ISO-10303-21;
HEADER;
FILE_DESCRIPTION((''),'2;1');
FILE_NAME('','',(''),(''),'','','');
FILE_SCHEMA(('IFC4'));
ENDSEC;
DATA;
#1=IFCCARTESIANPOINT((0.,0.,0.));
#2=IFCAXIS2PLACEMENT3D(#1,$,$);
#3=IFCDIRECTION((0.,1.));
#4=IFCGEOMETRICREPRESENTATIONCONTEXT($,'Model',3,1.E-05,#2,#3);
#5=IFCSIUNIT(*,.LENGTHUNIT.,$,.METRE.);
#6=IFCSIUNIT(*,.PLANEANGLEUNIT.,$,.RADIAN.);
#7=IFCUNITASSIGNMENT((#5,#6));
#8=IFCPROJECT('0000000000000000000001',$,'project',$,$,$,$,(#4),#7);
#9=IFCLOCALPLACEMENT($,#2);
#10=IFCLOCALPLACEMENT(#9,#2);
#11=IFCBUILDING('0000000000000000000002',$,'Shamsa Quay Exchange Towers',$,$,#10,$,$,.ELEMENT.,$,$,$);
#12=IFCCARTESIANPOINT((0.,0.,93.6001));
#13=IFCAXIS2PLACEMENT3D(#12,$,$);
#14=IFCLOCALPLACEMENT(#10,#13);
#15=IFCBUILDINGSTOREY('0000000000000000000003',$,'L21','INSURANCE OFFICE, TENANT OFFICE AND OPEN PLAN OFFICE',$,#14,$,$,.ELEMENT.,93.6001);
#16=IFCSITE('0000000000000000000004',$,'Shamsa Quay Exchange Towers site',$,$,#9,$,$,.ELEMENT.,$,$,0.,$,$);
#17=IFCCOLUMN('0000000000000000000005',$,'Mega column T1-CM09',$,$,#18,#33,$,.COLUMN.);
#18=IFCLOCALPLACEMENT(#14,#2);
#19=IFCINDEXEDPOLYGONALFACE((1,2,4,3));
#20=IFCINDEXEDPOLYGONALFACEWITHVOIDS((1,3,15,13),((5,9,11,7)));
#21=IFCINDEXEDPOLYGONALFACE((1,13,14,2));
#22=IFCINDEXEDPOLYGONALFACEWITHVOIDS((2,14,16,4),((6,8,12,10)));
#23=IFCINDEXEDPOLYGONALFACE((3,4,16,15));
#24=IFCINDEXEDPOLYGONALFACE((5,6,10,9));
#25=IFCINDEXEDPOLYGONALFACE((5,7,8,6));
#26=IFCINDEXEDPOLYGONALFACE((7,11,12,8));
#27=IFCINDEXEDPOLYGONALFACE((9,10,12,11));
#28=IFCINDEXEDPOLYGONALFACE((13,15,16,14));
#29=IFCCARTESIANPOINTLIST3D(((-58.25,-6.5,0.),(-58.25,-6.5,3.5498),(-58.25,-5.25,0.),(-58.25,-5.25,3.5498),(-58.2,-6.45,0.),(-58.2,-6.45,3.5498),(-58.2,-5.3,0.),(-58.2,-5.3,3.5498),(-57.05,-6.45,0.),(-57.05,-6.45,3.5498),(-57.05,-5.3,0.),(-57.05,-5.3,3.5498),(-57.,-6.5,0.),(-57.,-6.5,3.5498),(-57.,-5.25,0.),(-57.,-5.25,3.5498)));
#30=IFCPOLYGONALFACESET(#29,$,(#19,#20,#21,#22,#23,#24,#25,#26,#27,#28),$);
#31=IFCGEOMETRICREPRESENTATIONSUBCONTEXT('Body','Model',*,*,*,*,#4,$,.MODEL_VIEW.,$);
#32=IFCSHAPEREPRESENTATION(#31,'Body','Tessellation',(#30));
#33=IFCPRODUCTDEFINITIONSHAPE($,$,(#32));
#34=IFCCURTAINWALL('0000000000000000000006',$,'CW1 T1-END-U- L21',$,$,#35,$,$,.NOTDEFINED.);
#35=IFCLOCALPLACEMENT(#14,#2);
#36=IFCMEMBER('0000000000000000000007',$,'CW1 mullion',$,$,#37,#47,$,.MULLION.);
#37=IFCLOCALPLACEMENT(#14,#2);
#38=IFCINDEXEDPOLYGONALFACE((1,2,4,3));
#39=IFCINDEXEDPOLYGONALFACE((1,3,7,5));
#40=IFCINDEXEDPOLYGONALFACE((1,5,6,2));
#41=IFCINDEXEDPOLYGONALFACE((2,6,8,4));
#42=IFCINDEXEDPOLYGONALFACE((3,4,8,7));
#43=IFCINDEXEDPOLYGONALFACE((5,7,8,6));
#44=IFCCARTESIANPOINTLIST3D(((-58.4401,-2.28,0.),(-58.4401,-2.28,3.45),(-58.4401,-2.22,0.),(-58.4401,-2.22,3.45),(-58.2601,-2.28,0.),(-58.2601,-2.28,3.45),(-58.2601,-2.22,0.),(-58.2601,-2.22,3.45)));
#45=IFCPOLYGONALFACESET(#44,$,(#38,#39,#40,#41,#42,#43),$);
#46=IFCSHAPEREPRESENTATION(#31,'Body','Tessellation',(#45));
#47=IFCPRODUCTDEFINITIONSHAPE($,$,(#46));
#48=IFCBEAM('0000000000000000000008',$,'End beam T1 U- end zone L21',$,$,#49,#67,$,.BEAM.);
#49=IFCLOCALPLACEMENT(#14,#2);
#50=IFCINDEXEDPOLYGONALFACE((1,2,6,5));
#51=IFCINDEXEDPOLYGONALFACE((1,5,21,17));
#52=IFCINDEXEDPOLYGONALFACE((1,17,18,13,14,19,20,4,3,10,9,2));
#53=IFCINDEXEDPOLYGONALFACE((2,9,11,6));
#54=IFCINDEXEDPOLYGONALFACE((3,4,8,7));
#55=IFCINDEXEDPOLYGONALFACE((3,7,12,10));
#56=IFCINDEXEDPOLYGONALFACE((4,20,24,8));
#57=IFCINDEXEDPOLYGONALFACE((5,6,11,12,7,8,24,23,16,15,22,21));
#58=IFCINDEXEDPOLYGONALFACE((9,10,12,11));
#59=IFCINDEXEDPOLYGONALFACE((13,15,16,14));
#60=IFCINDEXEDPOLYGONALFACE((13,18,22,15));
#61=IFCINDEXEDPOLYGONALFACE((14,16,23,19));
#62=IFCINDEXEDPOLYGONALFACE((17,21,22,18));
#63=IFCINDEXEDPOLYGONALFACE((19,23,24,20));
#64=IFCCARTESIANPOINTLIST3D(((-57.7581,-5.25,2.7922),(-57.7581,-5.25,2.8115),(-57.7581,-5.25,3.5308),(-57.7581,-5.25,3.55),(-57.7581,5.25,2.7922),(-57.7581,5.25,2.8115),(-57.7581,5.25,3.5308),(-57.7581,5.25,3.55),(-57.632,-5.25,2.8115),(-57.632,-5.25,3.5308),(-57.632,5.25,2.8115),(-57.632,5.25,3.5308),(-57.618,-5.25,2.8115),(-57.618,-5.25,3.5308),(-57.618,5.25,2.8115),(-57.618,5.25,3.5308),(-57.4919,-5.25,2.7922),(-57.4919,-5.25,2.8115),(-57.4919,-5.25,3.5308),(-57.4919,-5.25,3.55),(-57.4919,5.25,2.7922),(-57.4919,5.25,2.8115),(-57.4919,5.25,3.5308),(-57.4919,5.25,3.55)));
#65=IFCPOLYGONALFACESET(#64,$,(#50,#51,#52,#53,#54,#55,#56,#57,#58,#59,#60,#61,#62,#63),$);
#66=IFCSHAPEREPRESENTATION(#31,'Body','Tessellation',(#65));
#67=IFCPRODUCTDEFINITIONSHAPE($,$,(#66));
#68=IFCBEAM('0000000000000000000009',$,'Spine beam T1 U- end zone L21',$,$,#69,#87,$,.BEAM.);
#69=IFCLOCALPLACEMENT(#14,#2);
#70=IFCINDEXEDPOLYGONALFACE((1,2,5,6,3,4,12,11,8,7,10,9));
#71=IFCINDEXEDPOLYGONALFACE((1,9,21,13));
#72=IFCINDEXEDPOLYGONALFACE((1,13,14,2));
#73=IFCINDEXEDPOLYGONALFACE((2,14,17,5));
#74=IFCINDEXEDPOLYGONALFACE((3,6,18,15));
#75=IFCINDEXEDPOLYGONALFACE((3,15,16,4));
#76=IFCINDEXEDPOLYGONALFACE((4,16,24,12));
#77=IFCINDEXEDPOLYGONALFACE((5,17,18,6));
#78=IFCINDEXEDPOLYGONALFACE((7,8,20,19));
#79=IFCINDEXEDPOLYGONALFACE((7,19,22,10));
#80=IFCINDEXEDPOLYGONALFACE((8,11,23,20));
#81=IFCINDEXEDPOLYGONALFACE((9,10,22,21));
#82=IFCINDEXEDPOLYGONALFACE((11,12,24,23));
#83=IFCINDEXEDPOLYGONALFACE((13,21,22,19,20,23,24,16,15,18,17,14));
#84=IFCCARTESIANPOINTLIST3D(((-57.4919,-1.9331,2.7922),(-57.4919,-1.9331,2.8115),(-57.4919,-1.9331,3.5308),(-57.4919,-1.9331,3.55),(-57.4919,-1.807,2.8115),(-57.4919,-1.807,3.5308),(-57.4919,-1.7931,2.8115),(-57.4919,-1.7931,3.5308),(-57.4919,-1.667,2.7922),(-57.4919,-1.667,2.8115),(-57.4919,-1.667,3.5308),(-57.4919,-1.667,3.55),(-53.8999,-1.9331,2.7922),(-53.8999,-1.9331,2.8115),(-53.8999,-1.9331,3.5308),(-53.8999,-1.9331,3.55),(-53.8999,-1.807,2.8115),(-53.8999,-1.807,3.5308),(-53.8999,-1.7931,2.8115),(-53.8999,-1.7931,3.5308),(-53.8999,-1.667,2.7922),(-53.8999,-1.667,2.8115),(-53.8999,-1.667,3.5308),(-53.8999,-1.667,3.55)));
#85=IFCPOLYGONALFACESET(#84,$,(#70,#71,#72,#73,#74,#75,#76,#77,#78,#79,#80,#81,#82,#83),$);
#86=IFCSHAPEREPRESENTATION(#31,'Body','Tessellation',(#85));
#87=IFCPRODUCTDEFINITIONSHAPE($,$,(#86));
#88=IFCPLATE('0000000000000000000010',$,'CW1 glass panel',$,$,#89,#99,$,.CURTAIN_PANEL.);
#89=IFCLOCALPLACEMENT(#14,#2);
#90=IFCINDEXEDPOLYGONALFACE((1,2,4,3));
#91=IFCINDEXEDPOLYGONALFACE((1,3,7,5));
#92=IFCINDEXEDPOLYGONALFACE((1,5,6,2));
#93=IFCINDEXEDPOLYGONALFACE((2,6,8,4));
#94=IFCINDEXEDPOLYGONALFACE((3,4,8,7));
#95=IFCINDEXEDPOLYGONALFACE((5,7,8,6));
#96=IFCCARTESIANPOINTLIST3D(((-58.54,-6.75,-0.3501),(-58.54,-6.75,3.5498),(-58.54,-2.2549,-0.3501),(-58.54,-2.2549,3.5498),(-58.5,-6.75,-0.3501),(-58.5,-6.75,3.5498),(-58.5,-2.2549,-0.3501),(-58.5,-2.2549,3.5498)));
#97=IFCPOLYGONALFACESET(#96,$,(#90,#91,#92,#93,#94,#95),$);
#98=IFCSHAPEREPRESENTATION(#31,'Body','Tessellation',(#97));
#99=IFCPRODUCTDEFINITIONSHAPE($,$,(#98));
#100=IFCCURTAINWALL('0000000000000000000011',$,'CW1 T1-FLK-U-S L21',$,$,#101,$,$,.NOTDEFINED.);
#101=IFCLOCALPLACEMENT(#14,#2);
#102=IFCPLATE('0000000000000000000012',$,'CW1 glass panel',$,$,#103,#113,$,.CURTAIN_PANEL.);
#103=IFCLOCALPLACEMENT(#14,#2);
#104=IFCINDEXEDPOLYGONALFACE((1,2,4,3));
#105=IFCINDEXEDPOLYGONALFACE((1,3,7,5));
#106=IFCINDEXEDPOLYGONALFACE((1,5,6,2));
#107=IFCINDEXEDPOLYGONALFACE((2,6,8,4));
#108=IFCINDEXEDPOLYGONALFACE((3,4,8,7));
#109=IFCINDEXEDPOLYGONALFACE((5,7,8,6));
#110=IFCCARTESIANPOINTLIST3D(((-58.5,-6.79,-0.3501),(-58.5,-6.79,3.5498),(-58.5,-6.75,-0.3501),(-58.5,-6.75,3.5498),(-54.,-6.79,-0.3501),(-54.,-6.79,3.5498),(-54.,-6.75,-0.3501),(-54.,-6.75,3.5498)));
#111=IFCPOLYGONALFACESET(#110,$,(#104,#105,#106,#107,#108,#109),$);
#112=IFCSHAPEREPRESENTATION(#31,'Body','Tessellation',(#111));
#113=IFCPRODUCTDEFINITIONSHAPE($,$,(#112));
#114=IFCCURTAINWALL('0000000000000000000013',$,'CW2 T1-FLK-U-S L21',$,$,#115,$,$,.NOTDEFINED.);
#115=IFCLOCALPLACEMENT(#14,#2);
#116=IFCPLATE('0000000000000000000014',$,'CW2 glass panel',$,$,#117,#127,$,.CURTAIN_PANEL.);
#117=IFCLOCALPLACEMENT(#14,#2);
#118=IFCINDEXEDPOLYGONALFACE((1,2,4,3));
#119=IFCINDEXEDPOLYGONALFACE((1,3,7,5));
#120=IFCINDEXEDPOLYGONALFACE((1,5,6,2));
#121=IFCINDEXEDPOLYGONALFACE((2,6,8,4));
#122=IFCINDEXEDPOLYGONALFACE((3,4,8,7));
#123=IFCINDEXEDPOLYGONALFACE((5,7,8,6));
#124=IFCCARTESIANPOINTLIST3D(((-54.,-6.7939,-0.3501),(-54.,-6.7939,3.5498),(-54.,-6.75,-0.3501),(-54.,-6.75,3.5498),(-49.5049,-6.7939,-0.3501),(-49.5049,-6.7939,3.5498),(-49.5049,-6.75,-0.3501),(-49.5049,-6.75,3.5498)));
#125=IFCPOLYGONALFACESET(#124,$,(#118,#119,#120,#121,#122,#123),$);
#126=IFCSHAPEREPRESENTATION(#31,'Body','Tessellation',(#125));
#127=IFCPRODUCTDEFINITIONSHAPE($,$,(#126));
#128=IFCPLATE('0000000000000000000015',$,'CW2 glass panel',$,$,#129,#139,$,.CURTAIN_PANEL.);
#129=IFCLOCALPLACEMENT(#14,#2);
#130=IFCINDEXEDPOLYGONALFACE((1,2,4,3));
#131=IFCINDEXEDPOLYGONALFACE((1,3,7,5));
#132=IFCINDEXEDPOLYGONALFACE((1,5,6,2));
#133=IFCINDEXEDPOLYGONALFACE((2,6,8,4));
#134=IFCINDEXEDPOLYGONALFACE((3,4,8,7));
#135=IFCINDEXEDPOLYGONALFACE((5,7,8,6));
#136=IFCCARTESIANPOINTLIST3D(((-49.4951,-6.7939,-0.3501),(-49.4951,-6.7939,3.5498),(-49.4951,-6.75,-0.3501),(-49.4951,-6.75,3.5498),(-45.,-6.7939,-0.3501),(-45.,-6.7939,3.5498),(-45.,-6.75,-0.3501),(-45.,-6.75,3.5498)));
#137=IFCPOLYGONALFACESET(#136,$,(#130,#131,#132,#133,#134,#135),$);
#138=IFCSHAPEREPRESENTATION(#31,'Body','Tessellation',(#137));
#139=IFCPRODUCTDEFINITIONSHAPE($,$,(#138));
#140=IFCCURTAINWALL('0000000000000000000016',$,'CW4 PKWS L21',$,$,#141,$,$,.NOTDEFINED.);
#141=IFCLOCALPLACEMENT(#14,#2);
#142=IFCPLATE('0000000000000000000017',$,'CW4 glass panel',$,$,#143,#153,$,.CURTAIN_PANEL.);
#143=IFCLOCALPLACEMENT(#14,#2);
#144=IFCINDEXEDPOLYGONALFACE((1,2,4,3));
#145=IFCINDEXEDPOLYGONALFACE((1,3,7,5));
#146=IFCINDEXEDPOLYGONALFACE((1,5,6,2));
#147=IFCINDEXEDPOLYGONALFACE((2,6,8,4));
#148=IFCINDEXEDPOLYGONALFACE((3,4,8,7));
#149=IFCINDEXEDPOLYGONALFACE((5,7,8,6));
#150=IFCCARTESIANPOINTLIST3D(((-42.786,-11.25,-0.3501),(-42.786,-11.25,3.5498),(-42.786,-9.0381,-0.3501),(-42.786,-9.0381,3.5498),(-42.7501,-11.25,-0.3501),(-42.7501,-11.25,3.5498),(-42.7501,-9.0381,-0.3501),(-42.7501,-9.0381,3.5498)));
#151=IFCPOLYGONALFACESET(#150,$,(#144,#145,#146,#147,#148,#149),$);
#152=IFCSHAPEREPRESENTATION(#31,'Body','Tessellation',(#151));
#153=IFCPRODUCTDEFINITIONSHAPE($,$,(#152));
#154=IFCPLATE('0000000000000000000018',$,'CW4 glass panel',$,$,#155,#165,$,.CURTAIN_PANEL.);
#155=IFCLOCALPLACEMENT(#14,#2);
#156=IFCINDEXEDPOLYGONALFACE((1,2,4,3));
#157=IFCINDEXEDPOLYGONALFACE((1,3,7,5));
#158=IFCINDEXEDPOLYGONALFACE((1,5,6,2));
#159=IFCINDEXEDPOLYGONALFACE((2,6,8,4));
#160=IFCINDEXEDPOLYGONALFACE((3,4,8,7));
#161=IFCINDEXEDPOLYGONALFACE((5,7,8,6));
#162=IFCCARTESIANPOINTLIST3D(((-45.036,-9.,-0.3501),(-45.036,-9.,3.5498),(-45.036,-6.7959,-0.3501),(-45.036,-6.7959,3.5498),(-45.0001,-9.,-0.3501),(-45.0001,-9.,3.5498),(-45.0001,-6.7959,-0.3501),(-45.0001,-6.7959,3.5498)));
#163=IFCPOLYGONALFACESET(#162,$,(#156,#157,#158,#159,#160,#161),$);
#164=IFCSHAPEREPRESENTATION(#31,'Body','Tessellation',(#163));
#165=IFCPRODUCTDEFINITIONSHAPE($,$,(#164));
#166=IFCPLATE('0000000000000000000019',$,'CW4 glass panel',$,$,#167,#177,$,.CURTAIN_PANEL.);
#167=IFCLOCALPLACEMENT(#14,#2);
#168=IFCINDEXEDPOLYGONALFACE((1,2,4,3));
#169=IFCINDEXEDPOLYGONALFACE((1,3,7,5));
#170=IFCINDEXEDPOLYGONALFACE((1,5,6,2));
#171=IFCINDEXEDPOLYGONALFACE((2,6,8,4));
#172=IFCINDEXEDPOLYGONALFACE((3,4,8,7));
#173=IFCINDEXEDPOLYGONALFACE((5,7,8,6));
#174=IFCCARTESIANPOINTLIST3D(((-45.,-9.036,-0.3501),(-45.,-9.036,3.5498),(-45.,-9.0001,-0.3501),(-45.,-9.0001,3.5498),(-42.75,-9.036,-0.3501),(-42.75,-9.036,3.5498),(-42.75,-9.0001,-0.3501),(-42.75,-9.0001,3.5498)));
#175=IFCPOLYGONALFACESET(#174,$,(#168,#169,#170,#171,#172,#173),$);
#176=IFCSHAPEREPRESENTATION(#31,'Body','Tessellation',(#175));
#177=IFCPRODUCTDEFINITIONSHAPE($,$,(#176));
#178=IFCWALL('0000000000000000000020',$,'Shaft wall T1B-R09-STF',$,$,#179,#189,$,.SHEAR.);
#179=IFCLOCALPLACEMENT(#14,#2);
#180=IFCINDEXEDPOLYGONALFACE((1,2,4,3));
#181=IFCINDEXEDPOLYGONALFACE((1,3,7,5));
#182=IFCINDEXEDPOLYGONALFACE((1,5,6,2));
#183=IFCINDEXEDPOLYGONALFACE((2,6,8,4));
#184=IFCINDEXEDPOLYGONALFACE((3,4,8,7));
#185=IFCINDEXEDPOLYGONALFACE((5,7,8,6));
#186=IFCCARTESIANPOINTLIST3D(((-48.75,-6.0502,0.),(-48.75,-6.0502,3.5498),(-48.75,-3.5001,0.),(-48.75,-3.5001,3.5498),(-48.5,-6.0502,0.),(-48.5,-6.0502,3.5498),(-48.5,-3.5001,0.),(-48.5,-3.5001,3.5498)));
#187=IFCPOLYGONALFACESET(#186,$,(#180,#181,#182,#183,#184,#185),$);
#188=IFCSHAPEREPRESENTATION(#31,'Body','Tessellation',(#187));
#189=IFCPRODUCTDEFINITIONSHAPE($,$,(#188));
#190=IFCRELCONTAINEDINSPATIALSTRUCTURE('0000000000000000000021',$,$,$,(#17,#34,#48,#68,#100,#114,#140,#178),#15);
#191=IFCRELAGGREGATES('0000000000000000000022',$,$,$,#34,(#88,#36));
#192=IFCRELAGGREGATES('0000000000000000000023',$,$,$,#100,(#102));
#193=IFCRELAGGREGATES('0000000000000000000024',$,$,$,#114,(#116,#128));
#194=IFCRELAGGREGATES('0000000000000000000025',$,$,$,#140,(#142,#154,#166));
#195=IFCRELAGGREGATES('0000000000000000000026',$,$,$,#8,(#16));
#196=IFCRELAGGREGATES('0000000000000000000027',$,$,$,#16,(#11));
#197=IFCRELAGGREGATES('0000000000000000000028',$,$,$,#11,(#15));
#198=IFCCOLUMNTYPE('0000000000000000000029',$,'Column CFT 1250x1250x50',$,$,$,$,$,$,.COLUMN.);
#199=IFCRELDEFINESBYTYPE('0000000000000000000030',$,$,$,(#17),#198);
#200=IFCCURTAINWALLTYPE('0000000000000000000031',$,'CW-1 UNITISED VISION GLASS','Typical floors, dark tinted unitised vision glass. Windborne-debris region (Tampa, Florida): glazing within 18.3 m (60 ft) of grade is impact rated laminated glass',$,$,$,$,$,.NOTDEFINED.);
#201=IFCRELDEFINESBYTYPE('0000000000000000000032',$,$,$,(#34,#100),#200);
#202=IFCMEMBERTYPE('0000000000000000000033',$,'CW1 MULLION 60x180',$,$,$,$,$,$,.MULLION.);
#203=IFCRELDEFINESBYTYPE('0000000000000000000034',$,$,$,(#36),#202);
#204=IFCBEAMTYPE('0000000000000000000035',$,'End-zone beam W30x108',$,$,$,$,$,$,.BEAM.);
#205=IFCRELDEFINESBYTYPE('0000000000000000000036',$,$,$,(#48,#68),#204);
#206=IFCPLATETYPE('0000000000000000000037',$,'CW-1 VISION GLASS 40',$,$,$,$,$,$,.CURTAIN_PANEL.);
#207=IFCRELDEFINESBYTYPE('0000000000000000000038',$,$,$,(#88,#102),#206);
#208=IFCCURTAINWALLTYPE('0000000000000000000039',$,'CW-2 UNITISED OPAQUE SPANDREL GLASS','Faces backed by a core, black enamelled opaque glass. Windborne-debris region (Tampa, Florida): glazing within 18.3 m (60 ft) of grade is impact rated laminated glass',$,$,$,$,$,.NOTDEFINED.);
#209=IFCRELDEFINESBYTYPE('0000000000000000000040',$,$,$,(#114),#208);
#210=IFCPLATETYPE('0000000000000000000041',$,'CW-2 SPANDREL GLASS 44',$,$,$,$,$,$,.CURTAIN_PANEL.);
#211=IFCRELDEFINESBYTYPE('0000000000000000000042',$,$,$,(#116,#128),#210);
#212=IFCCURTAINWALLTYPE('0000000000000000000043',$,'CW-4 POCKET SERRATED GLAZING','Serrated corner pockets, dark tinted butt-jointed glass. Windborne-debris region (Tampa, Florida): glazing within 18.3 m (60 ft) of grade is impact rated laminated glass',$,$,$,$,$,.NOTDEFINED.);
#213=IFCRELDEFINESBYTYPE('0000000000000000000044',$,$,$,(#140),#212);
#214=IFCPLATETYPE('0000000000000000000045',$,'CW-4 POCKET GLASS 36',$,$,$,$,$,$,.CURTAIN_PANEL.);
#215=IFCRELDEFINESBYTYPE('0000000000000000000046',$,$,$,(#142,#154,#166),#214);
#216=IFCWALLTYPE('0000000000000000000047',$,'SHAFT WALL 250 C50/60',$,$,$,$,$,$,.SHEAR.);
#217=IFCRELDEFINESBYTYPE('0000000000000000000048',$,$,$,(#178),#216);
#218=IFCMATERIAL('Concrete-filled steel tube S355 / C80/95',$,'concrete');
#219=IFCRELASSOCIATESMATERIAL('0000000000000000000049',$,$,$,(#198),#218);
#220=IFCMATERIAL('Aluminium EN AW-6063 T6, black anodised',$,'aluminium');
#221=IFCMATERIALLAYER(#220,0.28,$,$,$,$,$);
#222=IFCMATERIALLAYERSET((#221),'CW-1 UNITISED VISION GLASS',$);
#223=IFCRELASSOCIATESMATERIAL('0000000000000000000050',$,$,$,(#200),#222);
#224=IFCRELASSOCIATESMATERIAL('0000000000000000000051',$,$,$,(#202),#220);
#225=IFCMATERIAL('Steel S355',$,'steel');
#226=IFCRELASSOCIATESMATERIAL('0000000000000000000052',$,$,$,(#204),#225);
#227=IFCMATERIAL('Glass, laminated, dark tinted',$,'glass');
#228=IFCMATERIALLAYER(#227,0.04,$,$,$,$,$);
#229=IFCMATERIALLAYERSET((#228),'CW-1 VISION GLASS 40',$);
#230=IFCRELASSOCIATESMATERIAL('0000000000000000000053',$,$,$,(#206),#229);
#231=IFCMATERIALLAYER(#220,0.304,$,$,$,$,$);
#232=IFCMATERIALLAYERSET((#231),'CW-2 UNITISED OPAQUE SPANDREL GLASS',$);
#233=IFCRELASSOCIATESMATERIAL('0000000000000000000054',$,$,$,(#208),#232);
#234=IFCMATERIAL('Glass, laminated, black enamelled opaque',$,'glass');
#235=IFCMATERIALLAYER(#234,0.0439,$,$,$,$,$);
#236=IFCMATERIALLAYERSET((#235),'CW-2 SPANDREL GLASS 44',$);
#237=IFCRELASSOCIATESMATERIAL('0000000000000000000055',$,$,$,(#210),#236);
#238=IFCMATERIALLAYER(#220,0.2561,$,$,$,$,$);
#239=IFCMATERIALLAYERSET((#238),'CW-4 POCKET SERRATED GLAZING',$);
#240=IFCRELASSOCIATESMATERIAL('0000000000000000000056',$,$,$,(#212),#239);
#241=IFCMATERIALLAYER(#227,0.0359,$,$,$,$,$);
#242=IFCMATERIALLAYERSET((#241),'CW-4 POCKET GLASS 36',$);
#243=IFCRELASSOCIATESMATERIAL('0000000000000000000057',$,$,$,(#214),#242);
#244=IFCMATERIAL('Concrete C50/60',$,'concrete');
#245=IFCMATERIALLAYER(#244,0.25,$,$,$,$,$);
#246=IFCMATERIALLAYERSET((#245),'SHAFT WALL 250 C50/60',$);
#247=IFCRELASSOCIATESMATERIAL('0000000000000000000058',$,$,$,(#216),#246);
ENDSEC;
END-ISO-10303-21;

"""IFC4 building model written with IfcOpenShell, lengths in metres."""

from ifc_helpers import new_model, si_unit, direction, frame, frame_2d, origin, origin_2d, place, context, subcontext, project, spatial, rectangle, hollow_rectangle, i_section, extrude, material, layer, layer_set, material_profile, profile_set, type_object, element, aggregate, save


model = new_model("IFC4")

# Units and contexts
model_context = context("Model", 3, precision=1e-05, world=origin(), true_north=direction((0.0, 1.0)))
body_context = subcontext(model_context, "Body", "Model", "MODEL_VIEW")
ifc_project = project(units=[si_unit("LENGTHUNIT", "METRE"), si_unit("PLANEANGLEUNIT", "RADIAN")], contexts=[model_context])

# Site, building, storey
site_placement = place(None, origin())
site = spatial("IfcSite", under=ifc_project, at=site_placement, Name="Shamsa Quay Exchange Towers site", CompositionType="ELEMENT", RefElevation=0.0)
building_placement = place(site_placement, origin())
building = spatial("IfcBuilding", under=site, at=building_placement, Name="Shamsa Quay Exchange Towers", CompositionType="ELEMENT")
storey_placement = place(building_placement, frame((0.0, 0.0, 93.6001)))
storey = spatial("IfcBuildingStorey", under=building, at=storey_placement, Name="L21", Description="INSURANCE OFFICE, TENANT OFFICE AND OPEN PLAN OFFICE", CompositionType="ELEMENT", Elevation=93.6001)

# Column
ifc_material_1 = material(Name="Concrete-filled steel tube S355 / C80/95", Category="concrete")
ifc_material_profile_1 = material_profile(ifc_material_1, hollow_rectangle(XDim=1.25, YDim=1.25, WallThickness=0.05, at=origin_2d()), Name="CFT 1250x1250x50")
ifc_profile_set_1 = profile_set([ifc_material_profile_1], Name="Concrete-filled steel tube S355 / C80/95")
column_type = type_object("IfcColumnType", Name="Column CFT 1250x1250x50", PredefinedType="COLUMN", material=ifc_profile_set_1)
column_placement = place(storey_placement, frame((-57.625, -5.875, 0.0)))
element("IfcColumn", 1, at=column_placement, inside=storey, type_object=column_type, Name="Mega column T1-CM09", PredefinedType="COLUMN", context=body_context, shape_type="SweptSolid", body=[
    extrude(hollow_rectangle(XDim=1.25, YDim=1.25, WallThickness=0.05, at=origin_2d()), origin(), (0.0, 0.0, 1.0), 3.5498),
])

# Curtain wall, member
ifc_material_2 = material(Name="Aluminium EN AW-6063 T6, black anodised", Category="aluminium")
ifc_layer_1 = layer(ifc_material_2, 0.28)
ifc_layer_set_1 = layer_set([ifc_layer_1], Name="CW-1 UNITISED VISION GLASS")
curtain_wall_type_1 = type_object("IfcCurtainWallType", Name="CW-1 UNITISED VISION GLASS", Description="Typical floors, dark tinted unitised vision glass. Windborne-debris region (Tampa, Florida): glazing within 18.3 m (60 ft) of grade is impact rated laminated glass", PredefinedType="NOTDEFINED", material=ifc_layer_set_1)
curtain_wall_1_placement = place(storey_placement, origin())
curtain_wall_1 = element("IfcCurtainWall", 2, at=curtain_wall_1_placement, inside=storey, type_object=curtain_wall_type_1, Name="CW1 T1-END-U- L21", PredefinedType="NOTDEFINED")
ifc_material_profile_2 = material_profile(ifc_material_2, rectangle(XDim=0.1799, YDim=0.0601, at=origin_2d()), Name="MU60x180")
ifc_profile_set_2 = profile_set([ifc_material_profile_2], Name="Aluminium EN AW-6063 T6, black anodised")
member_type = type_object("IfcMemberType", Name="CW1 MULLION 60x180", PredefinedType="MULLION", material=ifc_profile_set_2)
member_placement = place(storey_placement, frame((-58.3501, -2.25, 0.0)))
member = element("IfcMember", 3, at=member_placement, type_object=member_type, Name="CW1 mullion", PredefinedType="MULLION", context=body_context, shape_type="SweptSolid", body=[
    extrude(rectangle(XDim=0.1799, YDim=0.0601, at=origin_2d()), origin(), (0.0, 0.0, 1.0), 3.45),
])

# Beams
ifc_material_3 = material(Name="Steel S355", Category="steel")
ifc_material_profile_3 = material_profile(ifc_material_3, i_section(OverallWidth=0.2661, OverallDepth=0.7578, WebThickness=0.0139, FlangeThickness=0.0193, at=origin_2d()), Name="W30x108")
ifc_profile_set_3 = profile_set([ifc_material_profile_3], Name="Steel S355")
beam_type = type_object("IfcBeamType", Name="End-zone beam W30x108", PredefinedType="BEAM", material=ifc_profile_set_3)
beam_1_placement = place(storey_placement, frame((-57.625, -5.25, 3.1711), z_axis=(0.0, 1.0, 0.0), x_axis=(-1.0, 0.0, 0.0)))
element("IfcBeam", 4, at=beam_1_placement, inside=storey, type_object=beam_type, Name="End beam T1 U- end zone L21", PredefinedType="BEAM", context=body_context, shape_type="SweptSolid", body=[
    extrude(i_section(OverallWidth=0.2661, OverallDepth=0.7578, WebThickness=0.0139, FlangeThickness=0.0193, at=origin_2d()), origin(), (0.0, 0.0, 1.0), 10.5),
])
beam_2_placement = place(storey_placement, frame((-53.8999, -1.8, 3.1711), z_axis=(-1.0, 0.0, 0.0), x_axis=(0.0, -1.0, 0.0)))
element("IfcBeam", 5, at=beam_2_placement, inside=storey, type_object=beam_type, Name="Spine beam T1 U- end zone L21", PredefinedType="BEAM", context=body_context, shape_type="SweptSolid", body=[
    extrude(i_section(OverallWidth=0.2661, OverallDepth=0.7578, WebThickness=0.0139, FlangeThickness=0.0193, at=origin_2d()), origin(), (0.0, 0.0, 1.0), 3.592),
])

# Plate
ifc_material_4 = material(Name="Glass, laminated, dark tinted", Category="glass")
ifc_layer_2 = layer(ifc_material_4, 0.04)
ifc_layer_set_2 = layer_set([ifc_layer_2], Name="CW-1 VISION GLASS 40")
plate_type_1 = type_object("IfcPlateType", Name="CW-1 VISION GLASS 40", PredefinedType="CURTAIN_PANEL", material=ifc_layer_set_2)
plate_1_placement = place(storey_placement, frame((-58.52, -4.5024, -0.3501), z_axis=(0.0, 0.0, 1.0), x_axis=(0.0, -1.0, 0.0)))
plate_1 = element("IfcPlate", 6, at=plate_1_placement, type_object=plate_type_1, Name="CW1 glass panel", PredefinedType="CURTAIN_PANEL", context=body_context, shape_type="SweptSolid", body=[
    extrude(rectangle(XDim=4.4951, YDim=0.04, at=origin_2d()), origin(), (0.0, 0.0, 1.0), 3.8999),
])
aggregate(curtain_wall_1, [plate_1, member])

# Curtain wall, plate
curtain_wall_2_placement = place(storey_placement, origin())
curtain_wall_2 = element("IfcCurtainWall", 7, at=curtain_wall_2_placement, inside=storey, type_object=curtain_wall_type_1, Name="CW1 T1-FLK-U-S L21", PredefinedType="NOTDEFINED")
plate_2_placement = place(storey_placement, frame((-56.25, -6.77, -0.3501)))
plate_2 = element("IfcPlate", 8, at=plate_2_placement, type_object=plate_type_1, Name="CW1 glass panel", PredefinedType="CURTAIN_PANEL", context=body_context, shape_type="SweptSolid", body=[
    extrude(rectangle(XDim=4.5, YDim=0.04, at=origin_2d()), origin(), (0.0, 0.0, 1.0), 3.8999),
])
aggregate(curtain_wall_2, [plate_2])

# Curtain walls, plates
ifc_layer_3 = layer(ifc_material_2, 0.304)
ifc_layer_set_3 = layer_set([ifc_layer_3], Name="CW-2 UNITISED OPAQUE SPANDREL GLASS")
curtain_wall_type_2 = type_object("IfcCurtainWallType", Name="CW-2 UNITISED OPAQUE SPANDREL GLASS", Description="Faces backed by a core, black enamelled opaque glass. Windborne-debris region (Tampa, Florida): glazing within 18.3 m (60 ft) of grade is impact rated laminated glass", PredefinedType="NOTDEFINED", material=ifc_layer_set_3)
curtain_wall_3_placement = place(storey_placement, origin())
curtain_wall_3 = element("IfcCurtainWall", 9, at=curtain_wall_3_placement, inside=storey, type_object=curtain_wall_type_2, Name="CW2 T1-FLK-U-S L21", PredefinedType="NOTDEFINED")
ifc_material_5 = material(Name="Glass, laminated, black enamelled opaque", Category="glass")
ifc_layer_4 = layer(ifc_material_5, 0.0439)
ifc_layer_set_4 = layer_set([ifc_layer_4], Name="CW-2 SPANDREL GLASS 44")
plate_type_2 = type_object("IfcPlateType", Name="CW-2 SPANDREL GLASS 44", PredefinedType="CURTAIN_PANEL", material=ifc_layer_set_4)
plate_3_placement = place(storey_placement, frame((-51.7524, -6.772, -0.3501)))
plate_3 = element("IfcPlate", 10, at=plate_3_placement, type_object=plate_type_2, Name="CW2 glass panel", PredefinedType="CURTAIN_PANEL", context=body_context, shape_type="SweptSolid", body=[
    extrude(rectangle(XDim=4.4951, YDim=0.0439, at=origin_2d()), origin(), (0.0, 0.0, 1.0), 3.8999),
])
plate_4_placement = place(storey_placement, frame((-47.2476, -6.772, -0.3501)))
plate_4 = element("IfcPlate", 11, at=plate_4_placement, type_object=plate_type_2, Name="CW2 glass panel", PredefinedType="CURTAIN_PANEL", context=body_context, shape_type="SweptSolid", body=[
    extrude(rectangle(XDim=4.4951, YDim=0.0439, at=origin_2d()), origin(), (0.0, 0.0, 1.0), 3.8999),
])
aggregate(curtain_wall_3, [plate_3, plate_4])
ifc_layer_5 = layer(ifc_material_2, 0.2561)
ifc_layer_set_5 = layer_set([ifc_layer_5], Name="CW-4 POCKET SERRATED GLAZING")
curtain_wall_type_3 = type_object("IfcCurtainWallType", Name="CW-4 POCKET SERRATED GLAZING", Description="Serrated corner pockets, dark tinted butt-jointed glass. Windborne-debris region (Tampa, Florida): glazing within 18.3 m (60 ft) of grade is impact rated laminated glass", PredefinedType="NOTDEFINED", material=ifc_layer_set_5)
curtain_wall_4_placement = place(storey_placement, origin())
curtain_wall_4 = element("IfcCurtainWall", 12, at=curtain_wall_4_placement, inside=storey, type_object=curtain_wall_type_3, Name="CW4 PKWS L21", PredefinedType="NOTDEFINED")
ifc_layer_6 = layer(ifc_material_4, 0.0359)
ifc_layer_set_6 = layer_set([ifc_layer_6], Name="CW-4 POCKET GLASS 36")
plate_type_3 = type_object("IfcPlateType", Name="CW-4 POCKET GLASS 36", PredefinedType="CURTAIN_PANEL", material=ifc_layer_set_6)
plate_5_placement = place(storey_placement, frame((-42.7681, -10.144, -0.3501), z_axis=(0.0, 0.0, 1.0), x_axis=(0.0, -1.0, 0.0)))
plate_5 = element("IfcPlate", 13, at=plate_5_placement, type_object=plate_type_3, Name="CW4 glass panel", PredefinedType="CURTAIN_PANEL", context=body_context, shape_type="SweptSolid", body=[
    extrude(rectangle(XDim=2.2119, YDim=0.0359, at=origin_2d()), origin(), (0.0, 0.0, 1.0), 3.8999),
])
plate_6_placement = place(storey_placement, frame((-45.0181, -7.8979, -0.3501), z_axis=(0.0, 0.0, 1.0), x_axis=(0.0, -1.0, 0.0)))
plate_6 = element("IfcPlate", 14, at=plate_6_placement, type_object=plate_type_3, Name="CW4 glass panel", PredefinedType="CURTAIN_PANEL", context=body_context, shape_type="SweptSolid", body=[
    extrude(rectangle(XDim=2.2041, YDim=0.0359, at=origin_2d()), origin(), (0.0, 0.0, 1.0), 3.8999),
])
plate_7_placement = place(storey_placement, frame((-43.875, -9.0181, -0.3501)))
plate_7 = element("IfcPlate", 15, at=plate_7_placement, type_object=plate_type_3, Name="CW4 glass panel", PredefinedType="CURTAIN_PANEL", context=body_context, shape_type="SweptSolid", body=[
    extrude(rectangle(XDim=2.25, YDim=0.0359, at=origin_2d()), origin(), (0.0, 0.0, 1.0), 3.8999),
])
aggregate(curtain_wall_4, [plate_5, plate_6, plate_7])

# Wall
ifc_material_6 = material(Name="Concrete C50/60", Category="concrete")
ifc_layer_7 = layer(ifc_material_6, 0.25)
ifc_layer_set_7 = layer_set([ifc_layer_7], Name="SHAFT WALL 250 C50/60")
wall_type_1 = type_object("IfcWallType", Name="SHAFT WALL 250 C50/60", PredefinedType="SHEAR", material=ifc_layer_set_7)
wall_1_placement = place(storey_placement, frame((-48.625, -6.05, 0.0), z_axis=(0.0, 0.0, 1.0), x_axis=(0.0, 1.0, 0.0)))
element("IfcWall", 16, at=wall_1_placement, inside=storey, type_object=wall_type_1, Name="Shaft wall T1B-R09-STF", PredefinedType="SHEAR", context=body_context, shape_type="SweptSolid", body=[
    extrude(rectangle(XDim=2.55, YDim=0.25, at=frame_2d((1.2749, 0.0))), origin(), (0.0, 0.0, 1.0), 3.5498),
])

save(model, "model.ifc")
